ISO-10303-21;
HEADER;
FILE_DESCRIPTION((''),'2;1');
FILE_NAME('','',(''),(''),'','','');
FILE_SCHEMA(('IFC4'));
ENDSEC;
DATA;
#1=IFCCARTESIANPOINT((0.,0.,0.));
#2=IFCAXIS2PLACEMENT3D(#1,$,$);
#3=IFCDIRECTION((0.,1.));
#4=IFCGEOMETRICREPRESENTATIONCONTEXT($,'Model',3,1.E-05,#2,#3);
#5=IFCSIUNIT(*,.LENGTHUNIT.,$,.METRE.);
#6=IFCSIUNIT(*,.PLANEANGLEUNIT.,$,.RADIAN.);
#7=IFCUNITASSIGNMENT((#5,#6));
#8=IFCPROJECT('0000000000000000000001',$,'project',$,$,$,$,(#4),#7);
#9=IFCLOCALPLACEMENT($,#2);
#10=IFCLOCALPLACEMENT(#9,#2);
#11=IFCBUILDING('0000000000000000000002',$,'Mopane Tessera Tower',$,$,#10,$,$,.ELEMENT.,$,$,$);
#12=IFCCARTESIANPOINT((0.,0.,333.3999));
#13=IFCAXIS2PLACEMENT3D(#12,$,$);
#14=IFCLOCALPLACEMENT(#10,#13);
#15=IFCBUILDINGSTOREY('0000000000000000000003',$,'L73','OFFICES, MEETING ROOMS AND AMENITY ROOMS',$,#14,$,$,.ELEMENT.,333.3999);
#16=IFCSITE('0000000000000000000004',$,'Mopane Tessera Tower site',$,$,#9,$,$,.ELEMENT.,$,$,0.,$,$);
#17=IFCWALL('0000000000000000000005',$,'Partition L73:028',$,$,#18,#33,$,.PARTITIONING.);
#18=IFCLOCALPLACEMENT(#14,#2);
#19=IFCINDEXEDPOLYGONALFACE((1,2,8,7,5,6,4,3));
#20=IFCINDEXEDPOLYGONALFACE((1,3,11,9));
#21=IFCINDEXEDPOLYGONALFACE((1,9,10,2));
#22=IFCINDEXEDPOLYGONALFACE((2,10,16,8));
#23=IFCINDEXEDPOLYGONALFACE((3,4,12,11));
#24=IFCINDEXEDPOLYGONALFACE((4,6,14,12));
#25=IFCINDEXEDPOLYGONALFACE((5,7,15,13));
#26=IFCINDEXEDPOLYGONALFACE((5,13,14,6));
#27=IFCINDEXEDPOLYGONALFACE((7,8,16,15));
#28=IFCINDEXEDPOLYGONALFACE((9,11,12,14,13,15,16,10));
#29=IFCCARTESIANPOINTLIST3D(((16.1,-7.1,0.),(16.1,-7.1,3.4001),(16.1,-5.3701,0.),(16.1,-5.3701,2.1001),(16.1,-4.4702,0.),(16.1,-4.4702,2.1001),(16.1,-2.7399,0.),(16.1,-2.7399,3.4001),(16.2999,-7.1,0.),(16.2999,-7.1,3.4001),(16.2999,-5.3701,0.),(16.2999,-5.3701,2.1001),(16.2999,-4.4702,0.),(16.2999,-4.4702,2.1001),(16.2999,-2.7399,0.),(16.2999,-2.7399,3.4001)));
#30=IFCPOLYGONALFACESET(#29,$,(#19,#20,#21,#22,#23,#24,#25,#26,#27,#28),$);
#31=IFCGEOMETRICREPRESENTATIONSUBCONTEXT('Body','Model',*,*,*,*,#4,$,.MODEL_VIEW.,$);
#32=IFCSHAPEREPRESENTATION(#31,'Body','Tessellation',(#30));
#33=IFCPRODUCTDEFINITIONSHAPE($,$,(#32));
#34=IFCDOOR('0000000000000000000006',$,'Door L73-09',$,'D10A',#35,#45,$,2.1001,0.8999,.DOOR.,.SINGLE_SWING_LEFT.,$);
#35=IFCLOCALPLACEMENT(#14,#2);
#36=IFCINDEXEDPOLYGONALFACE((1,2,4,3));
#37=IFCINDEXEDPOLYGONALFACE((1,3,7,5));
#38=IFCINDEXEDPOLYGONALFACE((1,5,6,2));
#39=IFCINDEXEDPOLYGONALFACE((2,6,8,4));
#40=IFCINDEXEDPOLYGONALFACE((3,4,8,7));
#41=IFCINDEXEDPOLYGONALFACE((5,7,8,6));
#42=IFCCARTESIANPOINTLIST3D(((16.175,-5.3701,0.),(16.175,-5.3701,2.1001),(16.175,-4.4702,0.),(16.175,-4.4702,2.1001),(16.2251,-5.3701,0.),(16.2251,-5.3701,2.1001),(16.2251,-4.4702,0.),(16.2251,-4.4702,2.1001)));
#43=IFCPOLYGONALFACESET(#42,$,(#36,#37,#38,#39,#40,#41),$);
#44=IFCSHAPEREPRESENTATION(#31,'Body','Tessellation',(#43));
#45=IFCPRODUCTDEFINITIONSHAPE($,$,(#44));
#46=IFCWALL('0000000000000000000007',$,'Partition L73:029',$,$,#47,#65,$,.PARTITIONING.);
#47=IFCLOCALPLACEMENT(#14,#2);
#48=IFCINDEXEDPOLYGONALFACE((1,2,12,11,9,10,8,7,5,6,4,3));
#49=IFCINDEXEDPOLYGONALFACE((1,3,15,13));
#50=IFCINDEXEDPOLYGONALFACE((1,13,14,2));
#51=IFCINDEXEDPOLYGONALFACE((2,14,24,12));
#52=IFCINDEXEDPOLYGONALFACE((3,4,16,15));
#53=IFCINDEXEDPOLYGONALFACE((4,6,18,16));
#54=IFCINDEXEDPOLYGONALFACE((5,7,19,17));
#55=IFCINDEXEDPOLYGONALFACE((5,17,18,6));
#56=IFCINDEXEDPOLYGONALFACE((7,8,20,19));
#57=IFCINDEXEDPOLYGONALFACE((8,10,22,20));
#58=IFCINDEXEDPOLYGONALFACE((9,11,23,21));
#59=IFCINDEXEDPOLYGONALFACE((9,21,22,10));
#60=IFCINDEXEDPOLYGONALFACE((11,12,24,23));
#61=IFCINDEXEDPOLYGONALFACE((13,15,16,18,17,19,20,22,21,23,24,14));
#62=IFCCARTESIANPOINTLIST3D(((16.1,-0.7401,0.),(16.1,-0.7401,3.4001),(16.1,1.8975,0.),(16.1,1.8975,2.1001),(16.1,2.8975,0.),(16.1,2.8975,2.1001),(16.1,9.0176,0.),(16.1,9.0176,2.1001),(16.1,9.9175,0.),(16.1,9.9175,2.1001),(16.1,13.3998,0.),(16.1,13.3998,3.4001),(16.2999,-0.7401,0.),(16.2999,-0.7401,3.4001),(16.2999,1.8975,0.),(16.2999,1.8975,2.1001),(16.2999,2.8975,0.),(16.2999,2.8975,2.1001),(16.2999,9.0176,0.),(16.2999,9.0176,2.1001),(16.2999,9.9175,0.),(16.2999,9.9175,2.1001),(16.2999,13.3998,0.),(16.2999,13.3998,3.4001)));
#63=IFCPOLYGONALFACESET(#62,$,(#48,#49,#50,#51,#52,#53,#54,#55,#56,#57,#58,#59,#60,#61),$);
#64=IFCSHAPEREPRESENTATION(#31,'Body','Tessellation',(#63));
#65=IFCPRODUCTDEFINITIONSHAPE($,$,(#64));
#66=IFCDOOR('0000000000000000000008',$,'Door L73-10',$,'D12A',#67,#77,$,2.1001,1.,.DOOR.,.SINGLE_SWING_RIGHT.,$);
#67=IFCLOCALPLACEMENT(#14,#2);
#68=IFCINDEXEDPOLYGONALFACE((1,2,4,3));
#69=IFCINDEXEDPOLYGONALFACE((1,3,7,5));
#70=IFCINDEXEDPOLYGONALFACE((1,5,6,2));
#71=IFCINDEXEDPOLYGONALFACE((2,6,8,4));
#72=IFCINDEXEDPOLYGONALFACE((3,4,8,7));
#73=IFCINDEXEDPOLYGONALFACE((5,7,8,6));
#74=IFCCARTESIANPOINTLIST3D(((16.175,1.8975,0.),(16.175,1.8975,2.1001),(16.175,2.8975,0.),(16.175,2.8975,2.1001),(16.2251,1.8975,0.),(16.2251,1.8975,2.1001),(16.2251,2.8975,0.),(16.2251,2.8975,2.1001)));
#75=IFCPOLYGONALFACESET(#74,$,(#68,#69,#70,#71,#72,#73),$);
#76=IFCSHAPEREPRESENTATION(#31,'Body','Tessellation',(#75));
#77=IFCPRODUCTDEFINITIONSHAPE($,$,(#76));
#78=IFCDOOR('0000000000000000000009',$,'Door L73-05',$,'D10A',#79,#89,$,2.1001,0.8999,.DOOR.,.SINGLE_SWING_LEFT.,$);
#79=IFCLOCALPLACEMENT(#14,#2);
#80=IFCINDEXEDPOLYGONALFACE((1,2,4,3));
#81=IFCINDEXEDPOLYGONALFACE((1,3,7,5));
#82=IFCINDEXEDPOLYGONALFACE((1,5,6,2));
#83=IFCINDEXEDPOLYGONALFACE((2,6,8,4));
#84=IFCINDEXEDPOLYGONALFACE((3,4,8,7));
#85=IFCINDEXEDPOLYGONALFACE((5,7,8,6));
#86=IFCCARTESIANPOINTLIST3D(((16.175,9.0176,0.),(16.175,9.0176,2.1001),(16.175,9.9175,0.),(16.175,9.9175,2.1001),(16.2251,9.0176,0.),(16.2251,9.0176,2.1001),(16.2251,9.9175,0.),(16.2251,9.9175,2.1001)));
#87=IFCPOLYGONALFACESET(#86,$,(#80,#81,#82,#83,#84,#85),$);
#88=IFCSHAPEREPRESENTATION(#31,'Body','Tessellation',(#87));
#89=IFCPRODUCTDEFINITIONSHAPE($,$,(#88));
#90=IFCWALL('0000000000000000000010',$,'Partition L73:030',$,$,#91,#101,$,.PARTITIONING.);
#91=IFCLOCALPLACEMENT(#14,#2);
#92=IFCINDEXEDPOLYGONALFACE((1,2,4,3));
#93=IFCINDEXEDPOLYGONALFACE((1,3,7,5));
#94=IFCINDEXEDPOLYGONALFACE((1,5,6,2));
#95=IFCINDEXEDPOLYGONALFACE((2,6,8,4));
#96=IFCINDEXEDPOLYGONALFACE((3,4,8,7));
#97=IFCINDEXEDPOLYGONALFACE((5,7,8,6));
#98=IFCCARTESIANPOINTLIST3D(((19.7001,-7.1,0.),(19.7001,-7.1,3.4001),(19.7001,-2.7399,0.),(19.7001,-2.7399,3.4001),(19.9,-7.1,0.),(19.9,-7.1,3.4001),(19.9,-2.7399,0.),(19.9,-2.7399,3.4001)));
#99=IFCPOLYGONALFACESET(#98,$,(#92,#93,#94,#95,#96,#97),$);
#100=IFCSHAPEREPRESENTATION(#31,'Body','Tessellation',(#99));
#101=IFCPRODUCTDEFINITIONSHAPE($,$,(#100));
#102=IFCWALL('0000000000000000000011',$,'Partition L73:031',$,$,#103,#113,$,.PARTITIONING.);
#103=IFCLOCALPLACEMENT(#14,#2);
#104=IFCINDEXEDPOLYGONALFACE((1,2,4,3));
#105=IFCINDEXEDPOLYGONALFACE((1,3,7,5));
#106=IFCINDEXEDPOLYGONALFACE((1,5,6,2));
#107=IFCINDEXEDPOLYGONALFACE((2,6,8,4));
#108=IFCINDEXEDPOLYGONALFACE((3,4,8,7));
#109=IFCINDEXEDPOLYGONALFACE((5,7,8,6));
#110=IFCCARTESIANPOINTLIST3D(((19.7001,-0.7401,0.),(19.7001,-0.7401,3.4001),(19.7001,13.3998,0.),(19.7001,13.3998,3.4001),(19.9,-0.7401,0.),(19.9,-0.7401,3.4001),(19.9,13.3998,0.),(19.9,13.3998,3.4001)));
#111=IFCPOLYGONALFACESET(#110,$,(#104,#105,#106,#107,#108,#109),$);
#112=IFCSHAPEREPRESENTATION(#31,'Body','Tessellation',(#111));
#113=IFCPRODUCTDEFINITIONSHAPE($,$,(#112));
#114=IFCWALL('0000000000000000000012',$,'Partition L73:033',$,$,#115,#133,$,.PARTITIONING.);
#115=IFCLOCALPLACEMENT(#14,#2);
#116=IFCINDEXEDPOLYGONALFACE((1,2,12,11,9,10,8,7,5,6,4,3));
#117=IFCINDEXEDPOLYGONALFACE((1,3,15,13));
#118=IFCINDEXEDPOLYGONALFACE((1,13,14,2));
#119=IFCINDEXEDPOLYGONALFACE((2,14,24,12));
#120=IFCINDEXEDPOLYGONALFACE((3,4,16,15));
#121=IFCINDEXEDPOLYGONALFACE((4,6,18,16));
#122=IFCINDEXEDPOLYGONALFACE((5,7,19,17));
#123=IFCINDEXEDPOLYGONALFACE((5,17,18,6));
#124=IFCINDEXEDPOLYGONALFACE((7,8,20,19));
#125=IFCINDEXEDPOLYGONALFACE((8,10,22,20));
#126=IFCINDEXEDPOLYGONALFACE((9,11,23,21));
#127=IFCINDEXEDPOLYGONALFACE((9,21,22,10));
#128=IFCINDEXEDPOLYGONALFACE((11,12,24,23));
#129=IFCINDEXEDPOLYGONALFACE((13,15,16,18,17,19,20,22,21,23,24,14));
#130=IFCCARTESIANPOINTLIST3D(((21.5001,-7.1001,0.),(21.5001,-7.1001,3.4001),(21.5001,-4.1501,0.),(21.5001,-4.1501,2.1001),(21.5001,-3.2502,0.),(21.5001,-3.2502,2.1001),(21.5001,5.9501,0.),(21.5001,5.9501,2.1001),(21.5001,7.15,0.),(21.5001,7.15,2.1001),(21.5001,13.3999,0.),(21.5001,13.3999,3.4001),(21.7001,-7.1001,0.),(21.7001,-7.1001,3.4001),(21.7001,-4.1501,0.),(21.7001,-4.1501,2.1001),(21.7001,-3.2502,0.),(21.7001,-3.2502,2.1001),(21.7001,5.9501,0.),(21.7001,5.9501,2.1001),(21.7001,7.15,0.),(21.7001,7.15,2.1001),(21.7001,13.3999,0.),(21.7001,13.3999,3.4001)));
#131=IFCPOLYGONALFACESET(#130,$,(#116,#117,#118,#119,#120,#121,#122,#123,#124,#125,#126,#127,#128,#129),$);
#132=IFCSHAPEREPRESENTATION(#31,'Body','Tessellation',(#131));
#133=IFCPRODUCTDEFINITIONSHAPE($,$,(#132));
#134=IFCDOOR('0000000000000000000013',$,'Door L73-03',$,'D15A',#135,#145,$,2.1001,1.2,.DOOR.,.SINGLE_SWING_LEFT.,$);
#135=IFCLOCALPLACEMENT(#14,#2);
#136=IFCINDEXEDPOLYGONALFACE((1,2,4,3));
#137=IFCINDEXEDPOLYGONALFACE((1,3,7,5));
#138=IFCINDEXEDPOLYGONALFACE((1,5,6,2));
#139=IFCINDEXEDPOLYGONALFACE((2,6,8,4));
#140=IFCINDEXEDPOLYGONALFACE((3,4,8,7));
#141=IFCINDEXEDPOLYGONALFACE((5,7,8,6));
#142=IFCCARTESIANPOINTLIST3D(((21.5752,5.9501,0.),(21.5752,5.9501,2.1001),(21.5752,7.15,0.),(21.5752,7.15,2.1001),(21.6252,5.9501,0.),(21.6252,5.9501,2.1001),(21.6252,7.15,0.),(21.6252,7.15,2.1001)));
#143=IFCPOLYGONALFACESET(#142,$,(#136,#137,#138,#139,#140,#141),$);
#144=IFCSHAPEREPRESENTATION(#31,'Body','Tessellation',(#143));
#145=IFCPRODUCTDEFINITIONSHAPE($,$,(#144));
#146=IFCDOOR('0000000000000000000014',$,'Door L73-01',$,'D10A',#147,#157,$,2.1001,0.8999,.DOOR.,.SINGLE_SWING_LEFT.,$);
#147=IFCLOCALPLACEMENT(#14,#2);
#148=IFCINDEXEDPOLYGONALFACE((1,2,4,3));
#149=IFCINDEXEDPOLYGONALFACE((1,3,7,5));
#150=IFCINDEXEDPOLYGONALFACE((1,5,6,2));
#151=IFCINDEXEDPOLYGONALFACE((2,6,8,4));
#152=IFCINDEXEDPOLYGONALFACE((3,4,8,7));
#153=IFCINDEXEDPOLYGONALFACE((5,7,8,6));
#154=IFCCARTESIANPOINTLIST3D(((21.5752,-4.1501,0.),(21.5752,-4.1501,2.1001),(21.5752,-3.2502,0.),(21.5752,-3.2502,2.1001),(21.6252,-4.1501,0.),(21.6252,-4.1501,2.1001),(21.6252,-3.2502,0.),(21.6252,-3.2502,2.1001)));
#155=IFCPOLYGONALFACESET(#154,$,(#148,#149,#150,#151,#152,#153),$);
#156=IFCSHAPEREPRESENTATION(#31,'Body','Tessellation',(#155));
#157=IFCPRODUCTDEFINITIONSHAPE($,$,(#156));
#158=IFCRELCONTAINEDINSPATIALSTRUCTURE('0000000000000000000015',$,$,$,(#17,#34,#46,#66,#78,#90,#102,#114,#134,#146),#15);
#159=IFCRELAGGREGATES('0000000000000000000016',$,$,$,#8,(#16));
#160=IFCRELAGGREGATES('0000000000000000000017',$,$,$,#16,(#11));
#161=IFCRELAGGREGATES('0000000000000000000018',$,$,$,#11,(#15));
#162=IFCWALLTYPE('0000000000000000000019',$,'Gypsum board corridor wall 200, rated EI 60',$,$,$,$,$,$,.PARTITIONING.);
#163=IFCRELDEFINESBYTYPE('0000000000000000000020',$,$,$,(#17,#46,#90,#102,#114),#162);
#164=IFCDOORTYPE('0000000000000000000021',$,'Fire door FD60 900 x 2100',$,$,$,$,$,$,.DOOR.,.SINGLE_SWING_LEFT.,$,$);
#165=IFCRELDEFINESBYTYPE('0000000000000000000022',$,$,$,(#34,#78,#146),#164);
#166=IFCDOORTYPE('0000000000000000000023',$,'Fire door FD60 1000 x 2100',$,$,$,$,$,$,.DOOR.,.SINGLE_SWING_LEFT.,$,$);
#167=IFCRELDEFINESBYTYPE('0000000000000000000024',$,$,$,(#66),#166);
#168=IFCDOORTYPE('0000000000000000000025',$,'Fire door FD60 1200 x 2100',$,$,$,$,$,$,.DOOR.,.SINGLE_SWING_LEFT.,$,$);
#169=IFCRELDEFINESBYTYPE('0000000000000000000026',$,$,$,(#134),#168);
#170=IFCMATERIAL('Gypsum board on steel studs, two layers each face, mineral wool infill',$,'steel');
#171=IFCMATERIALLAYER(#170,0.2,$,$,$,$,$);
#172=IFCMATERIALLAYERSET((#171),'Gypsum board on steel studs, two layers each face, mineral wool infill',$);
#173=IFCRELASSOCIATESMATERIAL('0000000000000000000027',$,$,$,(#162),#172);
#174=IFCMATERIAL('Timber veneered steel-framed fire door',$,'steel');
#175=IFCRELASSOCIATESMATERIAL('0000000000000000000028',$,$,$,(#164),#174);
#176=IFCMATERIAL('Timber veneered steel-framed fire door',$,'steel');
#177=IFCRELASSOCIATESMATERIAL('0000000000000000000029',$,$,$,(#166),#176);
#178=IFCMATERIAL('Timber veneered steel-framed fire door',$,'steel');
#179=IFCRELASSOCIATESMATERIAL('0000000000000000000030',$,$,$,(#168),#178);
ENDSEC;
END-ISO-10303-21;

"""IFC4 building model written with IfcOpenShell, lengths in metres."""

from ifc_helpers import new_model, si_unit, direction, frame, frame_2d, origin, place, context, subcontext, project, spatial, rectangle, extrude, material, layer, layer_set, type_object, element, fill, save


model = new_model("IFC4")

# Units and contexts
model_context = context("Model", 3, precision=1e-05, world=origin(), true_north=direction((0.0, 1.0)))
body_context = subcontext(model_context, "Body", "Model", "MODEL_VIEW")
ifc_project = project(units=[si_unit("LENGTHUNIT", "METRE"), si_unit("PLANEANGLEUNIT", "RADIAN")], contexts=[model_context])

# Site, building, storey
site_placement = place(None, origin())
site = spatial("IfcSite", under=ifc_project, at=site_placement, Name="Mopane Tessera Tower site", CompositionType="ELEMENT", RefElevation=0.0)
building_placement = place(site_placement, origin())
building = spatial("IfcBuilding", under=site, at=building_placement, Name="Mopane Tessera Tower", CompositionType="ELEMENT")
storey_placement = place(building_placement, frame((0.0, 0.0, 333.3999)))
storey = spatial("IfcBuildingStorey", under=building, at=storey_placement, Name="L73", Description="OFFICES, MEETING ROOMS AND AMENITY ROOMS", CompositionType="ELEMENT", Elevation=333.3999)

# Shared definitions
ifc_material_1 = material(Name="Gypsum board on steel studs, two layers each face, mineral wool infill", Category="steel")
ifc_layer_1 = layer(ifc_material_1, 0.2)
ifc_layer_set_1 = layer_set([ifc_layer_1], Name="Gypsum board on steel studs, two layers each face, mineral wool infill")
wall_type_1 = type_object("IfcWallType", Name="Gypsum board corridor wall 200, rated EI 60", PredefinedType="PARTITIONING", material=ifc_layer_set_1)

# Wall, opening, door
wall_1_placement = place(storey_placement, frame((16.2, -7.1001, 0.0), z_axis=(0.0, 0.0, 1.0), x_axis=(0.0, 1.0, 0.0)))
wall_1 = element("IfcWall", 1, at=wall_1_placement, inside=storey, type_object=wall_type_1, Name="Partition L73:028", PredefinedType="PARTITIONING", context=body_context, shape_type="SweptSolid", body=[
    extrude(rectangle(XDim=4.3601, YDim=0.2, at=frame_2d((2.1802, 0.0))), origin(), (0.0, 0.0, 1.0), 3.4001),
])
opening_1_placement = place(wall_1_placement, frame((1.73, 0.0, 0.0)))
opening_1 = element("IfcOpeningElement", 2, at=opening_1_placement, cuts=wall_1, PredefinedType="OPENING", context=body_context, shape_type="SweptSolid", body=[
    extrude(rectangle(XDim=0.8999, YDim=2.1001, at=frame_2d((0.45, 1.05))), frame((0.0, 0.1121, 0.0), z_axis=(0.0, -1.0, 0.0), x_axis=(1.0, 0.0, 0.0)), (0.0, 0.0, 1.0), 0.2239),
])
ifc_material_2 = material(Name="Timber veneered steel-framed fire door", Category="steel")
door_type_1 = type_object("IfcDoorType", Name="Fire door FD60 900 x 2100", OperationType="SINGLE_SWING_LEFT", PredefinedType="DOOR", material=ifc_material_2)
door_1_placement = place(opening_1_placement, origin())
door_1 = element("IfcDoor", 3, at=door_1_placement, inside=storey, type_object=door_type_1, Name="Door L73-09", ObjectType="D10A", OperationType="SINGLE_SWING_LEFT", OverallHeight=2.1001, OverallWidth=0.8999, PredefinedType="DOOR", context=body_context, shape_type="SweptSolid", body=[
    extrude(rectangle(XDim=0.8999, YDim=2.1001, at=frame_2d((0.45, 1.05))), frame((0.0, 0.0249, 0.0), z_axis=(0.0, -1.0, 0.0), x_axis=(1.0, 0.0, 0.0)), (0.0, 0.0, 1.0), 0.05),
])
fill(opening_1, door_1)

# Wall, openings, doors
wall_2_placement = place(storey_placement, frame((16.2, -0.74, 0.0), z_axis=(0.0, 0.0, 1.0), x_axis=(0.0, 1.0, 0.0)))
wall_2 = element("IfcWall", 4, at=wall_2_placement, inside=storey, type_object=wall_type_1, Name="Partition L73:029", PredefinedType="PARTITIONING", context=body_context, shape_type="SweptSolid", body=[
    extrude(rectangle(XDim=14.1399, YDim=0.2, at=frame_2d((7.0698, 0.0))), origin(), (0.0, 0.0, 1.0), 3.4001),
])
opening_2_placement = place(wall_2_placement, frame((9.7576, 0.0, 0.0)))
opening_2 = element("IfcOpeningElement", 5, at=opening_2_placement, cuts=wall_2, PredefinedType="OPENING", context=body_context, shape_type="SweptSolid", body=[
    extrude(rectangle(XDim=0.8999, YDim=2.1001, at=frame_2d((0.45, 1.05))), frame((0.0, 0.1121, 0.0), z_axis=(0.0, -1.0, 0.0), x_axis=(1.0, 0.0, 0.0)), (0.0, 0.0, 1.0), 0.2239),
])
opening_3_placement = place(wall_2_placement, frame((2.6375, 0.0, 0.0)))
opening_3 = element("IfcOpeningElement", 6, at=opening_3_placement, cuts=wall_2, PredefinedType="OPENING", context=body_context, shape_type="SweptSolid", body=[
    extrude(rectangle(XDim=1.0, YDim=2.1001, at=frame_2d((0.5, 1.05))), frame((0.0, 0.1121, 0.0), z_axis=(0.0, -1.0, 0.0), x_axis=(1.0, 0.0, 0.0)), (0.0, 0.0, 1.0), 0.2239),
])
ifc_material_3 = material(Name="Timber veneered steel-framed fire door", Category="steel")
door_type_2 = type_object("IfcDoorType", Name="Fire door FD60 1000 x 2100", OperationType="SINGLE_SWING_LEFT", PredefinedType="DOOR", material=ifc_material_3)
door_2_placement = place(opening_3_placement, origin())
door_2 = element("IfcDoor", 7, at=door_2_placement, inside=storey, type_object=door_type_2, Name="Door L73-10", ObjectType="D12A", OperationType="SINGLE_SWING_RIGHT", OverallHeight=2.1001, OverallWidth=1.0, PredefinedType="DOOR", context=body_context, shape_type="SweptSolid", body=[
    extrude(rectangle(XDim=1.0, YDim=2.1001, at=frame_2d((0.5, 1.05))), frame((0.0, 0.0249, 0.0), z_axis=(0.0, -1.0, 0.0), x_axis=(1.0, 0.0, 0.0)), (0.0, 0.0, 1.0), 0.05),
])
fill(opening_3, door_2)
door_3_placement = place(opening_2_placement, origin())
door_3 = element("IfcDoor", 8, at=door_3_placement, inside=storey, type_object=door_type_1, Name="Door L73-05", ObjectType="D10A", OperationType="SINGLE_SWING_LEFT", OverallHeight=2.1001, OverallWidth=0.8999, PredefinedType="DOOR", context=body_context, shape_type="SweptSolid", body=[
    extrude(rectangle(XDim=0.8999, YDim=2.1001, at=frame_2d((0.45, 1.05))), frame((0.0, 0.0249, 0.0), z_axis=(0.0, -1.0, 0.0), x_axis=(1.0, 0.0, 0.0)), (0.0, 0.0, 1.0), 0.05),
])
fill(opening_2, door_3)

# Walls
wall_3_placement = place(storey_placement, frame((19.8, -7.1001, 0.0), z_axis=(0.0, 0.0, 1.0), x_axis=(0.0, 1.0, 0.0)))
element("IfcWall", 9, at=wall_3_placement, inside=storey, type_object=wall_type_1, Name="Partition L73:030", PredefinedType="PARTITIONING", context=body_context, shape_type="SweptSolid", body=[
    extrude(rectangle(XDim=4.3601, YDim=0.2, at=frame_2d((2.1802, 0.0))), origin(), (0.0, 0.0, 1.0), 3.4001),
])
wall_4_placement = place(storey_placement, frame((19.8, -0.74, 0.0), z_axis=(0.0, 0.0, 1.0), x_axis=(0.0, 1.0, 0.0)))
element("IfcWall", 10, at=wall_4_placement, inside=storey, type_object=wall_type_1, Name="Partition L73:031", PredefinedType="PARTITIONING", context=body_context, shape_type="SweptSolid", body=[
    extrude(rectangle(XDim=14.1399, YDim=0.2, at=frame_2d((7.0698, 0.0))), origin(), (0.0, 0.0, 1.0), 3.4001),
])

# Wall, openings, doors
wall_5_placement = place(storey_placement, frame((21.6001, -7.1001, 0.0), z_axis=(0.0, 0.0, 1.0), x_axis=(0.0, 1.0, 0.0)))
wall_5 = element("IfcWall", 11, at=wall_5_placement, inside=storey, type_object=wall_type_1, Name="Partition L73:033", PredefinedType="PARTITIONING", context=body_context, shape_type="SweptSolid", body=[
    extrude(rectangle(XDim=20.5, YDim=0.2, at=frame_2d((10.25, 0.0))), origin(), (0.0, 0.0, 1.0), 3.4001),
])
opening_4_placement = place(wall_5_placement, frame((2.95, 0.0, 0.0)))
opening_4 = element("IfcOpeningElement", 12, at=opening_4_placement, cuts=wall_5, PredefinedType="OPENING", context=body_context, shape_type="SweptSolid", body=[
    extrude(rectangle(XDim=0.8999, YDim=2.1001, at=frame_2d((0.45, 1.05))), frame((0.0, 0.1121, 0.0), z_axis=(0.0, -1.0, 0.0), x_axis=(1.0, 0.0, 0.0)), (0.0, 0.0, 1.0), 0.2239),
])
opening_5_placement = place(wall_5_placement, frame((13.05, 0.0, 0.0)))
opening_5 = element("IfcOpeningElement", 13, at=opening_5_placement, cuts=wall_5, PredefinedType="OPENING", context=body_context, shape_type="SweptSolid", body=[
    extrude(rectangle(XDim=1.2, YDim=2.1001, at=frame_2d((0.6001, 1.05))), frame((0.0, 0.1121, 0.0), z_axis=(0.0, -1.0, 0.0), x_axis=(1.0, 0.0, 0.0)), (0.0, 0.0, 1.0), 0.2239),
])
ifc_material_4 = material(Name="Timber veneered steel-framed fire door", Category="steel")
door_type_3 = type_object("IfcDoorType", Name="Fire door FD60 1200 x 2100", OperationType="SINGLE_SWING_LEFT", PredefinedType="DOOR", material=ifc_material_4)
door_4_placement = place(opening_5_placement, origin())
door_4 = element("IfcDoor", 14, at=door_4_placement, inside=storey, type_object=door_type_3, Name="Door L73-03", ObjectType="D15A", OperationType="SINGLE_SWING_LEFT", OverallHeight=2.1001, OverallWidth=1.2, PredefinedType="DOOR", context=body_context, shape_type="SweptSolid", body=[
    extrude(rectangle(XDim=1.2, YDim=2.1001, at=frame_2d((0.6001, 1.05))), frame((0.0, 0.0249, 0.0), z_axis=(0.0, -1.0, 0.0), x_axis=(1.0, 0.0, 0.0)), (0.0, 0.0, 1.0), 0.05),
])
fill(opening_5, door_4)
door_5_placement = place(opening_4_placement, origin())
door_5 = element("IfcDoor", 15, at=door_5_placement, inside=storey, type_object=door_type_1, Name="Door L73-01", ObjectType="D10A", OperationType="SINGLE_SWING_LEFT", OverallHeight=2.1001, OverallWidth=0.8999, PredefinedType="DOOR", context=body_context, shape_type="SweptSolid", body=[
    extrude(rectangle(XDim=0.8999, YDim=2.1001, at=frame_2d((0.45, 1.05))), frame((0.0, 0.0249, 0.0), z_axis=(0.0, -1.0, 0.0), x_axis=(1.0, 0.0, 0.0)), (0.0, 0.0, 1.0), 0.05),
])
fill(opening_4, door_5)

save(model, "model.ifc")
